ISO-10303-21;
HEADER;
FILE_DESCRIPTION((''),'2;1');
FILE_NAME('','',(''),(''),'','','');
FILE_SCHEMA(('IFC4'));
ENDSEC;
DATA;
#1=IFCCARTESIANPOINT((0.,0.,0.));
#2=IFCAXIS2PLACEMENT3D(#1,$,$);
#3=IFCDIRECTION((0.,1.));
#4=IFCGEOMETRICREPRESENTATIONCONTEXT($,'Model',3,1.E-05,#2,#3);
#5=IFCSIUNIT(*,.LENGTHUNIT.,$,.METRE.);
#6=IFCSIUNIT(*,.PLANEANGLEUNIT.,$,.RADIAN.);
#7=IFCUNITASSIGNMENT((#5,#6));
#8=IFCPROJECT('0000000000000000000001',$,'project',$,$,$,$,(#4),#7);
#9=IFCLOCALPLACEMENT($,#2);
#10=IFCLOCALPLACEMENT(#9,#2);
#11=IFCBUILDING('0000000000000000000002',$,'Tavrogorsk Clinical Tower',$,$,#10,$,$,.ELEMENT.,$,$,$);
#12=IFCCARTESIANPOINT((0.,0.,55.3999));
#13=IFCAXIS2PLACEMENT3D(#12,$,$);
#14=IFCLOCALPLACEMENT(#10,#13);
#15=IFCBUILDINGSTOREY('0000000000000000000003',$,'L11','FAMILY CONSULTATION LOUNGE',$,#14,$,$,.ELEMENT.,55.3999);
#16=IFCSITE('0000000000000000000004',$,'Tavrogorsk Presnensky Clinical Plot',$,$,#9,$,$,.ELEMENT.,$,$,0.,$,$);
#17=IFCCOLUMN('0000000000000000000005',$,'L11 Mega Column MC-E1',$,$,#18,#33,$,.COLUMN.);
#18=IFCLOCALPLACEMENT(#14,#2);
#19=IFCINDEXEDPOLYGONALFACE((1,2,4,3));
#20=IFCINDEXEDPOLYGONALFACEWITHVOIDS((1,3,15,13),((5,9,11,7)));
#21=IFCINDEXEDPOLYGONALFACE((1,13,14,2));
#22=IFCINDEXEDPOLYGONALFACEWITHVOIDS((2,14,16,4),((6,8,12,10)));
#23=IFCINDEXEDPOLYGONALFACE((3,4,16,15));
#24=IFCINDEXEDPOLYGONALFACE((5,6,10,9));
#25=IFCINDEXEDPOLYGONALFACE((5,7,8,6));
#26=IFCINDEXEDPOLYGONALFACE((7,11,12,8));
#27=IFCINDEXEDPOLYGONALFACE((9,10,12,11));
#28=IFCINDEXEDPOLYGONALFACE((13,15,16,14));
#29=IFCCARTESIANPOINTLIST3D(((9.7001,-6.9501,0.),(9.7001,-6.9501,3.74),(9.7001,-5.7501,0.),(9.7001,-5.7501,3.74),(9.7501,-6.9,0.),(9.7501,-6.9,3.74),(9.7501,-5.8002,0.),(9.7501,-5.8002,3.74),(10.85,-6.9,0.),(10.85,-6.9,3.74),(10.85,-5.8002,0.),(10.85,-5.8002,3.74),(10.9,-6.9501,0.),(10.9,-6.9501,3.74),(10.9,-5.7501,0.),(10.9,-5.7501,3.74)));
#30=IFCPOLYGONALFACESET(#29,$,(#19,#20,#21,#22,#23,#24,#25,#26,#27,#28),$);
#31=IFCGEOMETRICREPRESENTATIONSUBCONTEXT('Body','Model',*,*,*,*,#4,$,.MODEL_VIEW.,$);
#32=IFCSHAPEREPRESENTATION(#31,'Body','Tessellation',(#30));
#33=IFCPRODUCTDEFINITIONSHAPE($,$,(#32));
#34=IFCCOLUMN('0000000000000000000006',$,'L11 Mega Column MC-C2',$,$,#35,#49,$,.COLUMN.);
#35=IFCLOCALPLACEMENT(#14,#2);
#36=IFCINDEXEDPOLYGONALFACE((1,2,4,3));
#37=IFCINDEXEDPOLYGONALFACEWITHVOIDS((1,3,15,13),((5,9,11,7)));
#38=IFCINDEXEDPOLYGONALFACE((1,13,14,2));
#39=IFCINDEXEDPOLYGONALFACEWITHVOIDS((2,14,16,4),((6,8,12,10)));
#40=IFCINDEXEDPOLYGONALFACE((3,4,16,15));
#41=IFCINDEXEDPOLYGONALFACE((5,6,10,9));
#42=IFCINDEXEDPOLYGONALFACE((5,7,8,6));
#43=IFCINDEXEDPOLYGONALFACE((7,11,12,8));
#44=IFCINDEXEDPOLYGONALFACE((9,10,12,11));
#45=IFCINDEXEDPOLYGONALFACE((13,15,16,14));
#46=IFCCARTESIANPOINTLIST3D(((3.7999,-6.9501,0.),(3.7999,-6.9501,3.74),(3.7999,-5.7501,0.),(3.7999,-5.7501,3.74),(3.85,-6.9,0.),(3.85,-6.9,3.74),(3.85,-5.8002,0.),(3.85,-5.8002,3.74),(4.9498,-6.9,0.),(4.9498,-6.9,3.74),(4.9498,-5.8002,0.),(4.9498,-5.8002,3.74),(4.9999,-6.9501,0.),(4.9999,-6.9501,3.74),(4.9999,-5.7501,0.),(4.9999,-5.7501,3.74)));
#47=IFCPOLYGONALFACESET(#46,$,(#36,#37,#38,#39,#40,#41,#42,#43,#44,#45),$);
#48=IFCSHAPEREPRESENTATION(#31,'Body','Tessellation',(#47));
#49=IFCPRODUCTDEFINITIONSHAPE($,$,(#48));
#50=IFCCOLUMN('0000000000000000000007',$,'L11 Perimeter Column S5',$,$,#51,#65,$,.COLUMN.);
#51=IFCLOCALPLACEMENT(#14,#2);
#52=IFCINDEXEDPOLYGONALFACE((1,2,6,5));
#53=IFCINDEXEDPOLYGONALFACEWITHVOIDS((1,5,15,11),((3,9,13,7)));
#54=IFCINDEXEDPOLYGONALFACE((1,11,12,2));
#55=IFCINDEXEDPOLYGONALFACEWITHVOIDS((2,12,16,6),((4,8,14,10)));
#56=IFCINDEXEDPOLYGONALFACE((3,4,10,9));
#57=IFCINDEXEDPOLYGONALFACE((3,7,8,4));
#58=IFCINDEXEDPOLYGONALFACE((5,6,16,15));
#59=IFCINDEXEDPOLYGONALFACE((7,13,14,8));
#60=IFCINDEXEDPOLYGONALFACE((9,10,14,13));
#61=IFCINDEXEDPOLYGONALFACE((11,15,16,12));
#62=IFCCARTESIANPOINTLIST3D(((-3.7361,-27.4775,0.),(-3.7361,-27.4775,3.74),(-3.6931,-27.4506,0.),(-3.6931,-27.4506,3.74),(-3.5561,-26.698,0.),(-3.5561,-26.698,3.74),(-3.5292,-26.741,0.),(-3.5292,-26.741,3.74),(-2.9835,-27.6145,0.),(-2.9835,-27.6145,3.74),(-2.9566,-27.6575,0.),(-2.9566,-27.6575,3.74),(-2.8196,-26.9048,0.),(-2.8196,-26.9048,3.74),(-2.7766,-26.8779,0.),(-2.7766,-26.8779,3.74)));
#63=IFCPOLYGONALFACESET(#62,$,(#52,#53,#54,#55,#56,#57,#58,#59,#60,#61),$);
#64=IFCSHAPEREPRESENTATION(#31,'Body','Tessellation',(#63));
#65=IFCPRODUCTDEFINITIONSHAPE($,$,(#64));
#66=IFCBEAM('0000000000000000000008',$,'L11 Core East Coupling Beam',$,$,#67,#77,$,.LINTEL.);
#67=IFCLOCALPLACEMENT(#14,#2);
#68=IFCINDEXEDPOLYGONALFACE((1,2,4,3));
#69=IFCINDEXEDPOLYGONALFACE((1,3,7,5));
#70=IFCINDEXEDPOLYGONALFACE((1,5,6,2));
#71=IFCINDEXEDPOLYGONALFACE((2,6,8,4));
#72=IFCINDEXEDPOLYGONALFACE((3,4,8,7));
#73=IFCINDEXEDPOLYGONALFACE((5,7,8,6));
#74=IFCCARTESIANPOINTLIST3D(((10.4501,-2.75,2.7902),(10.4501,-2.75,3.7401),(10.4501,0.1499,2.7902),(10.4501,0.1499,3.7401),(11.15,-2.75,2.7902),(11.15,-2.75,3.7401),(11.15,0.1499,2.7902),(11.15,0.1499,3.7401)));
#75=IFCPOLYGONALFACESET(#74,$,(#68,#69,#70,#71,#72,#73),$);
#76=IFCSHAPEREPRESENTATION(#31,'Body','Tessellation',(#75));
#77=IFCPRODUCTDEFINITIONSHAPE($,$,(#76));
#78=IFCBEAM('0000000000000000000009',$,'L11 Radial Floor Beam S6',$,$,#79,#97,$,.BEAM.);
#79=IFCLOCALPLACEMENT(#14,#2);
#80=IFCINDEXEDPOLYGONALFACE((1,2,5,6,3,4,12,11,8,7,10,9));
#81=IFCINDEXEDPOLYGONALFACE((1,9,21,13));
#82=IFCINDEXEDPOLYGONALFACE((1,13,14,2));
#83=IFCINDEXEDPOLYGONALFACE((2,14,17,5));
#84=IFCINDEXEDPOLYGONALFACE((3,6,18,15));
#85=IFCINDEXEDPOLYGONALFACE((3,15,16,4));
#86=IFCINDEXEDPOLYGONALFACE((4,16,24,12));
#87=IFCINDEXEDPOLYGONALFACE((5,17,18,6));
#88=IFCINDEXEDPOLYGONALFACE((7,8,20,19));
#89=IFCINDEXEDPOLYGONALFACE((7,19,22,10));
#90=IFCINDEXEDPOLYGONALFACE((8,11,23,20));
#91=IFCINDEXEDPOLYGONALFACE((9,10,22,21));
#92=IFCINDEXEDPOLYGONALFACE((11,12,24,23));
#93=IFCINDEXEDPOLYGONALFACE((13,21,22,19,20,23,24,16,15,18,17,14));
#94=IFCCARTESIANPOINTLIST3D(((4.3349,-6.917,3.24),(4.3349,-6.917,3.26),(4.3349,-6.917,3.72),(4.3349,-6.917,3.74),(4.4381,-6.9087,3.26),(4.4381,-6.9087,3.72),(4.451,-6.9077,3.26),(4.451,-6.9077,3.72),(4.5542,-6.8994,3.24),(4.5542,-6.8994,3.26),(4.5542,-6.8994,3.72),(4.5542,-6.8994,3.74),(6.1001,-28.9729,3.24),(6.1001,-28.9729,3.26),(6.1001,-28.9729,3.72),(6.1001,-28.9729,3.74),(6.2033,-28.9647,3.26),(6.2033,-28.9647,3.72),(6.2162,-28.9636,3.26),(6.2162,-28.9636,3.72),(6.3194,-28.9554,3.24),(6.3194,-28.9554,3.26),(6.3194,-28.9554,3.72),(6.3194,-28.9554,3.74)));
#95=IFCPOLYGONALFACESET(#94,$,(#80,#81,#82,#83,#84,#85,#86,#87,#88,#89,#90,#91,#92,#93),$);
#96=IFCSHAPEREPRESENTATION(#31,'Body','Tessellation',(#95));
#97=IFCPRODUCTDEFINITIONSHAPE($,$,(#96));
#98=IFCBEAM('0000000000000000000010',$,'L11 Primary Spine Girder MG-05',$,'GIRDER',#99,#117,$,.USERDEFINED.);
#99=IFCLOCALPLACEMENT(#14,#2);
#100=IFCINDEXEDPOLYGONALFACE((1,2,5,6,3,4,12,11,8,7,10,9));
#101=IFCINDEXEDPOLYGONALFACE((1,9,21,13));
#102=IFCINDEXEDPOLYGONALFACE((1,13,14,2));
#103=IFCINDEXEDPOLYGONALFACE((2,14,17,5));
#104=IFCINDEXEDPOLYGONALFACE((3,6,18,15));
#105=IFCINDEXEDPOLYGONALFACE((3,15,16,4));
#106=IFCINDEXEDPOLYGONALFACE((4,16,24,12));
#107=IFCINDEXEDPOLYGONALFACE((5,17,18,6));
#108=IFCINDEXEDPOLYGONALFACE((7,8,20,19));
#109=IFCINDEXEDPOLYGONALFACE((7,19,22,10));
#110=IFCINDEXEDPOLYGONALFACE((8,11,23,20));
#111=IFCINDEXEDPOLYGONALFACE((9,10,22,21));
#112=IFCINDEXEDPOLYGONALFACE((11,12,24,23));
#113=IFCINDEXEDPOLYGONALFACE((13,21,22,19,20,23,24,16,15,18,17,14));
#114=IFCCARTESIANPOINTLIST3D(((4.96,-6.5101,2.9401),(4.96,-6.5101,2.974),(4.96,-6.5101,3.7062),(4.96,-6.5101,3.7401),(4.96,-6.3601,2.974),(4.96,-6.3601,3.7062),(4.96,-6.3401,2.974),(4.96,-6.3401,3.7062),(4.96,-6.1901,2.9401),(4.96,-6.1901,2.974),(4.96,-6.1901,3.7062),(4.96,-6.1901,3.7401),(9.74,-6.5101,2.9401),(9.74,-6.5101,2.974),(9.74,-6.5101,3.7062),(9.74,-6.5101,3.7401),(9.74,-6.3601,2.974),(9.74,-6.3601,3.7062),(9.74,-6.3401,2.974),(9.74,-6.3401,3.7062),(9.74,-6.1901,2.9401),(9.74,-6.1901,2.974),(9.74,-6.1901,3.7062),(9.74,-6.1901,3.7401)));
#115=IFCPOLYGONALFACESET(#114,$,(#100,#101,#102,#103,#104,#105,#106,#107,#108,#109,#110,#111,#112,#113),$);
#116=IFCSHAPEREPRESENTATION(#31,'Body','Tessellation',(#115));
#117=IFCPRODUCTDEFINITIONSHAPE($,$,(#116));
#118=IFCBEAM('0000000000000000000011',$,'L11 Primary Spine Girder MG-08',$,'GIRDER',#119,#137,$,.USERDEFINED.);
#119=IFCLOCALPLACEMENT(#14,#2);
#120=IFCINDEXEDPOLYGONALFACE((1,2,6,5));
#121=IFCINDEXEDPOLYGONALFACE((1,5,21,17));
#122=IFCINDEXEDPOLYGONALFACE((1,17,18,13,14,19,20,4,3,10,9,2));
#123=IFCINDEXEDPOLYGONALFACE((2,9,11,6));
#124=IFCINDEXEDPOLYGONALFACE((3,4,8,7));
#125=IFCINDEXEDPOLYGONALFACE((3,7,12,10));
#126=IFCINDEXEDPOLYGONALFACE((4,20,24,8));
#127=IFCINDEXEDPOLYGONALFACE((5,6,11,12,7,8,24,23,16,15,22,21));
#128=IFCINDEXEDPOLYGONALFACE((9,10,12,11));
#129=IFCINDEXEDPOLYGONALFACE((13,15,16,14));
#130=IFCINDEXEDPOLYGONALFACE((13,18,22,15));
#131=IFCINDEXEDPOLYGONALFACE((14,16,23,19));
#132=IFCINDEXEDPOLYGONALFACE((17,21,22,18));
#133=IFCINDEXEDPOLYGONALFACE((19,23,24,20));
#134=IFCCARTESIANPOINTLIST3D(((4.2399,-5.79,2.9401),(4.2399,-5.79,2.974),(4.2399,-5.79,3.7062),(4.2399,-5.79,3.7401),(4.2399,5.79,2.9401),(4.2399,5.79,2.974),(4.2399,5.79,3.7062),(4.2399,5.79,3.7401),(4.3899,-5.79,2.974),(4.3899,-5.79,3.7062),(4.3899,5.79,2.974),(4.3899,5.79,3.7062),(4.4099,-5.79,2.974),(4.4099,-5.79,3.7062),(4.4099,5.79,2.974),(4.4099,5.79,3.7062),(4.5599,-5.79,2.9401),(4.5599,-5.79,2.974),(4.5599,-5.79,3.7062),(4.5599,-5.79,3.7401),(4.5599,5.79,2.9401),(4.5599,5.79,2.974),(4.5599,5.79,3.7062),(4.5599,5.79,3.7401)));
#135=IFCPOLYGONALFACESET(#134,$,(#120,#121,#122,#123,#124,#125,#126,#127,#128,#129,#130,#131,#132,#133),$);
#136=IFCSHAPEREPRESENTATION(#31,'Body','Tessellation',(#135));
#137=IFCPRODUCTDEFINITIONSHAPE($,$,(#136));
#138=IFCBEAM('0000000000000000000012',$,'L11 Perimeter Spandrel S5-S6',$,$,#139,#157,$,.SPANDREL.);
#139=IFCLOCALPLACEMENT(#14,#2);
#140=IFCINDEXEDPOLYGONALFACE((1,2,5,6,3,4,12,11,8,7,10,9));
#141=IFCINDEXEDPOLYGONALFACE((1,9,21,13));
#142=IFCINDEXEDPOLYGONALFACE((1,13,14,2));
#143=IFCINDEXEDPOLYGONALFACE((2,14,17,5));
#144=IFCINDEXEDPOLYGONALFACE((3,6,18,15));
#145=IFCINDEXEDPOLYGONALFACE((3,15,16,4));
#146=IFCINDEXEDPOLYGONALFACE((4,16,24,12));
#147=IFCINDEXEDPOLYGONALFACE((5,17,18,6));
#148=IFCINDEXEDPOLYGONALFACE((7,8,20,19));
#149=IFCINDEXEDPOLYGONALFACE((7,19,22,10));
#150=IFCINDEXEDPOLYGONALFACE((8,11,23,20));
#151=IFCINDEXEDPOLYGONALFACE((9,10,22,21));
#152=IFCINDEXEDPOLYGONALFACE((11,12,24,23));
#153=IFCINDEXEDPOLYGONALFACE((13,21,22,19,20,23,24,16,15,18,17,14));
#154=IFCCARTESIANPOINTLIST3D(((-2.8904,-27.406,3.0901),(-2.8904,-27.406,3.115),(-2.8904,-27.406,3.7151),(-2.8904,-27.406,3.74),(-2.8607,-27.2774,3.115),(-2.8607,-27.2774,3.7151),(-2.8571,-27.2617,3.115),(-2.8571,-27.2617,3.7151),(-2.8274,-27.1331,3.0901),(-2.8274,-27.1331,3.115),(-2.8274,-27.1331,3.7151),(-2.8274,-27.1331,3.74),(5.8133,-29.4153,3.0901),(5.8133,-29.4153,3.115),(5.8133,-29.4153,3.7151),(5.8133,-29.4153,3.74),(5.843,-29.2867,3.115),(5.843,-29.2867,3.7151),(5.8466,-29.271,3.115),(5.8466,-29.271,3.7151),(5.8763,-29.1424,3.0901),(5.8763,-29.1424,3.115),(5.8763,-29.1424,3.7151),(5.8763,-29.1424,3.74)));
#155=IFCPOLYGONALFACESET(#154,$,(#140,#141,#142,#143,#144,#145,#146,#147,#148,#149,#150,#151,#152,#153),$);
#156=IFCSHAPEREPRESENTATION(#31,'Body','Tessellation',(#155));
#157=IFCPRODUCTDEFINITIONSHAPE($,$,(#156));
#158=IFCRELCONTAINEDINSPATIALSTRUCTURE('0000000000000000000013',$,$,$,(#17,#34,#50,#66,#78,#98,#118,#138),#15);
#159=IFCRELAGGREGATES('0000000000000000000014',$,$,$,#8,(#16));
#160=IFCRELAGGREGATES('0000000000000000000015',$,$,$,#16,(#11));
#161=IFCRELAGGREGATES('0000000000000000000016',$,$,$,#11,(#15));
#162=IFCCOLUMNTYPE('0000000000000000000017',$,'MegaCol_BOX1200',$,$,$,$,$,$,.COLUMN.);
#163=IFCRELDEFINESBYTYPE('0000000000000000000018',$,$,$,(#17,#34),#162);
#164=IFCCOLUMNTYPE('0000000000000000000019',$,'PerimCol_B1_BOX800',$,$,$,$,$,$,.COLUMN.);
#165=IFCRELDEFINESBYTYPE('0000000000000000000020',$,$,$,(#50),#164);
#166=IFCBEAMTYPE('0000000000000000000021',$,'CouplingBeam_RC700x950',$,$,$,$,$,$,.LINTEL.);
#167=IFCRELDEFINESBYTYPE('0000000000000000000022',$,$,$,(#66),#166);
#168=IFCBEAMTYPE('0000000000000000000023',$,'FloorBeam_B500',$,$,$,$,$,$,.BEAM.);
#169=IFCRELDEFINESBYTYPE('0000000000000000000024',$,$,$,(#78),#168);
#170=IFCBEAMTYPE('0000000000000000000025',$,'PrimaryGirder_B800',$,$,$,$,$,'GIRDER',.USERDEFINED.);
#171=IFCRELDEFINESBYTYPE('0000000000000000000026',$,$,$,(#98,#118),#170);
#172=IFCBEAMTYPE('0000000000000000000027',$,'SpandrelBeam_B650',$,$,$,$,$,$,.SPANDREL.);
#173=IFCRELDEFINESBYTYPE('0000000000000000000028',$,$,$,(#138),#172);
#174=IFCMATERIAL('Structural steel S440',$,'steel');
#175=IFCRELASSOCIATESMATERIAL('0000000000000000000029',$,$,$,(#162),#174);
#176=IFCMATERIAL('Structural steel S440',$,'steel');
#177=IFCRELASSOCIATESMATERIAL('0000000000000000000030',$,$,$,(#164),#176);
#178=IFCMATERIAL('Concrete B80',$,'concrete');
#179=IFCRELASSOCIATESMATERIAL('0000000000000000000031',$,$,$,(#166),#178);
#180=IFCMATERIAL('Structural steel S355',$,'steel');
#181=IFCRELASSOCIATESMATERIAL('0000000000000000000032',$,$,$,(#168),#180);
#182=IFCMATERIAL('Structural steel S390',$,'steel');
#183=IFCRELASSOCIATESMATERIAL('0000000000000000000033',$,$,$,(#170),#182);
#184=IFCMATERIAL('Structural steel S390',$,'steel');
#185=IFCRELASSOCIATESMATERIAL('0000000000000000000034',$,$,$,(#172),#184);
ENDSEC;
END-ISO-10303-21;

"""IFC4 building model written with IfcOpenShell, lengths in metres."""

from ifc_helpers import new_model, si_unit, direction, frame, origin, origin_2d, place, context, subcontext, project, spatial, rectangle, hollow_rectangle, i_section, extrude, material, material_profile, profile_set, type_object, element, save


model = new_model("IFC4")

# Units and contexts
model_context = context("Model", 3, precision=1e-05, world=origin(), true_north=direction((0.0, 1.0)))
body_context = subcontext(model_context, "Body", "Model", "MODEL_VIEW")
ifc_project = project(units=[si_unit("LENGTHUNIT", "METRE"), si_unit("PLANEANGLEUNIT", "RADIAN")], contexts=[model_context])

# Site, building, storey
site_placement = place(None, origin())
site = spatial("IfcSite", under=ifc_project, at=site_placement, Name="Tavrogorsk Presnensky Clinical Plot", CompositionType="ELEMENT", RefElevation=0.0)
building_placement = place(site_placement, origin())
building = spatial("IfcBuilding", under=site, at=building_placement, Name="Tavrogorsk Clinical Tower", CompositionType="ELEMENT")
storey_placement = place(building_placement, frame((0.0, 0.0, 55.3999)))
storey = spatial("IfcBuildingStorey", under=building, at=storey_placement, Name="L11", Description="FAMILY CONSULTATION LOUNGE", CompositionType="ELEMENT", Elevation=55.3999)

# Columns
ifc_material_1 = material(Name="Structural steel S440", Category="steel")
ifc_material_profile_1 = material_profile(ifc_material_1, hollow_rectangle(XDim=1.2, YDim=1.2, WallThickness=0.05, at=origin_2d()), Name="BOX-1200x1200x50")
ifc_profile_set_1 = profile_set([ifc_material_profile_1], Name="Structural steel S440")
column_type_1 = type_object("IfcColumnType", Name="MegaCol_BOX1200", PredefinedType="COLUMN", material=ifc_profile_set_1)
for number, where, z_axis, x_axis, name in (
    (1, (10.3, -6.3501, 0.0), (0.0, 0.0, 1.0), (1.0, 0.0, 0.0), "L11 Mega Column MC-E1"),
    (2, (4.3999, -6.3501, 0.0), (0.0, 0.0, 1.0), (1.0, 0.0, 0.0), "L11 Mega Column MC-C2"),
):
    element("IfcColumn", number, at=place(storey_placement, frame(where, z_axis=z_axis, x_axis=x_axis)), inside=storey, type_object=column_type_1, Name=name, PredefinedType="COLUMN", context=body_context, shape_type="SweptSolid", body=[
        extrude(hollow_rectangle(XDim=1.2, YDim=1.2, WallThickness=0.05, at=origin_2d()), origin(), (0.0, 0.0, 1.0), 3.74),
    ])
ifc_material_2 = material(Name="Structural steel S440", Category="steel")
ifc_material_profile_2 = material_profile(ifc_material_2, hollow_rectangle(XDim=0.8, YDim=0.8, WallThickness=0.0359, at=origin_2d()), Name="BOX-800x800x36")
ifc_profile_set_2 = profile_set([ifc_material_profile_2], Name="Structural steel S440")
column_type_2 = type_object("IfcColumnType", Name="PerimCol_B1_BOX800", PredefinedType="COLUMN", material=ifc_profile_set_2)
column_placement = place(storey_placement, frame((-3.2563, -27.1777, 0.0), z_axis=(0.0, 0.0, 1.0), x_axis=(0.97437, -0.224951, 0.0)))
element("IfcColumn", 3, at=column_placement, inside=storey, type_object=column_type_2, Name="L11 Perimeter Column S5", PredefinedType="COLUMN", context=body_context, shape_type="SweptSolid", body=[
    extrude(hollow_rectangle(XDim=0.8, YDim=0.8, WallThickness=0.0359, at=origin_2d()), origin(), (0.0, 0.0, 1.0), 3.74),
])

# Beams
ifc_material_3 = material(Name="Concrete B80", Category="concrete")
ifc_material_profile_3 = material_profile(ifc_material_3, rectangle(XDim=0.7, YDim=0.95, at=origin_2d()), Name="RC-CB-700x950")
ifc_profile_set_3 = profile_set([ifc_material_profile_3], Name="Concrete B80")
beam_type_1 = type_object("IfcBeamType", Name="CouplingBeam_RC700x950", PredefinedType="LINTEL", material=ifc_profile_set_3)
beam_1_placement = place(storey_placement, frame((10.8, -2.75, 3.2651), z_axis=(0.0, 1.0, 0.0), x_axis=(-1.0, 0.0, 0.0)))
element("IfcBeam", 4, at=beam_1_placement, inside=storey, type_object=beam_type_1, Name="L11 Core East Coupling Beam", PredefinedType="LINTEL", context=body_context, shape_type="SweptSolid", body=[
    extrude(rectangle(XDim=0.7, YDim=0.95, at=origin_2d()), origin(), (0.0, 0.0, 1.0), 2.8999),
])
ifc_material_4 = material(Name="Structural steel S355", Category="steel")
ifc_material_profile_4 = material_profile(ifc_material_4, i_section(OverallWidth=0.22, OverallDepth=0.5, WebThickness=0.0129, FlangeThickness=0.02, at=origin_2d()), Name="B-500x220x13x20")
ifc_profile_set_4 = profile_set([ifc_material_profile_4], Name="Structural steel S355")
beam_type_2 = type_object("IfcBeamType", Name="FloorBeam_B500", PredefinedType="BEAM", material=ifc_profile_set_4)
beam_2_placement = place(storey_placement, frame((4.4446, -6.9082, 3.49), z_axis=(0.079775, -0.996813, 0.0), x_axis=(0.996813, 0.079775, 0.0)))
element("IfcBeam", 5, at=beam_2_placement, inside=storey, type_object=beam_type_2, Name="L11 Radial Floor Beam S6", PredefinedType="BEAM", context=body_context, shape_type="SweptSolid", body=[
    extrude(i_section(OverallWidth=0.22, OverallDepth=0.5, WebThickness=0.0129, FlangeThickness=0.02, at=origin_2d()), origin(), (0.0, 0.0, 1.0), 22.1265),
])
ifc_material_5 = material(Name="Structural steel S390", Category="steel")
ifc_material_profile_5 = material_profile(ifc_material_5, i_section(OverallWidth=0.3201, OverallDepth=0.8, WebThickness=0.02, FlangeThickness=0.0339, at=origin_2d()), Name="B-800x320x20x34")
ifc_profile_set_5 = profile_set([ifc_material_profile_5], Name="Structural steel S390")
beam_type_3 = type_object("IfcBeamType", Name="PrimaryGirder_B800", ElementType="GIRDER", PredefinedType="USERDEFINED", material=ifc_profile_set_5)
beam_3_placement = place(storey_placement, frame((4.96, -6.3501, 3.3401), z_axis=(1.0, 0.0, 0.0), x_axis=(0.0, 1.0, 0.0)))
element("IfcBeam", 6, at=beam_3_placement, inside=storey, type_object=beam_type_3, Name="L11 Primary Spine Girder MG-05", ObjectType="GIRDER", PredefinedType="USERDEFINED", context=body_context, shape_type="SweptSolid", body=[
    extrude(i_section(OverallWidth=0.3201, OverallDepth=0.8, WebThickness=0.02, FlangeThickness=0.0339, at=origin_2d()), origin(), (0.0, 0.0, 1.0), 4.78),
])
beam_4_placement = place(storey_placement, frame((4.3999, -5.79, 3.3401), z_axis=(0.0, 1.0, 0.0), x_axis=(-1.0, 0.0, 0.0)))
element("IfcBeam", 7, at=beam_4_placement, inside=storey, type_object=beam_type_3, Name="L11 Primary Spine Girder MG-08", ObjectType="GIRDER", PredefinedType="USERDEFINED", context=body_context, shape_type="SweptSolid", body=[
    extrude(i_section(OverallWidth=0.3201, OverallDepth=0.8, WebThickness=0.02, FlangeThickness=0.0339, at=origin_2d()), origin(), (0.0, 0.0, 1.0), 11.5801),
])
ifc_material_6 = material(Name="Structural steel S390", Category="steel")
ifc_material_profile_6 = material_profile(ifc_material_6, i_section(OverallWidth=0.28, OverallDepth=0.6499, WebThickness=0.0161, FlangeThickness=0.0249, at=origin_2d()), Name="B-650x280x16x25")
ifc_profile_set_6 = profile_set([ifc_material_profile_6], Name="Structural steel S390")
beam_type_4 = type_object("IfcBeamType", Name="SpandrelBeam_B650", PredefinedType="SPANDREL", material=ifc_profile_set_6)
beam_5_placement = place(storey_placement, frame((-2.8589, -27.2695, 3.415), z_axis=(0.974373, -0.224939, 0.0), x_axis=(0.224939, 0.974373, 0.0)))
element("IfcBeam", 8, at=beam_5_placement, inside=storey, type_object=beam_type_4, Name="L11 Perimeter Spandrel S5-S6", PredefinedType="SPANDREL", context=body_context, shape_type="SweptSolid", body=[
    extrude(i_section(OverallWidth=0.28, OverallDepth=0.6499, WebThickness=0.0161, FlangeThickness=0.0249, at=origin_2d()), origin(), (0.0, 0.0, 1.0), 8.9326),
])

save(model, "model.ifc")
